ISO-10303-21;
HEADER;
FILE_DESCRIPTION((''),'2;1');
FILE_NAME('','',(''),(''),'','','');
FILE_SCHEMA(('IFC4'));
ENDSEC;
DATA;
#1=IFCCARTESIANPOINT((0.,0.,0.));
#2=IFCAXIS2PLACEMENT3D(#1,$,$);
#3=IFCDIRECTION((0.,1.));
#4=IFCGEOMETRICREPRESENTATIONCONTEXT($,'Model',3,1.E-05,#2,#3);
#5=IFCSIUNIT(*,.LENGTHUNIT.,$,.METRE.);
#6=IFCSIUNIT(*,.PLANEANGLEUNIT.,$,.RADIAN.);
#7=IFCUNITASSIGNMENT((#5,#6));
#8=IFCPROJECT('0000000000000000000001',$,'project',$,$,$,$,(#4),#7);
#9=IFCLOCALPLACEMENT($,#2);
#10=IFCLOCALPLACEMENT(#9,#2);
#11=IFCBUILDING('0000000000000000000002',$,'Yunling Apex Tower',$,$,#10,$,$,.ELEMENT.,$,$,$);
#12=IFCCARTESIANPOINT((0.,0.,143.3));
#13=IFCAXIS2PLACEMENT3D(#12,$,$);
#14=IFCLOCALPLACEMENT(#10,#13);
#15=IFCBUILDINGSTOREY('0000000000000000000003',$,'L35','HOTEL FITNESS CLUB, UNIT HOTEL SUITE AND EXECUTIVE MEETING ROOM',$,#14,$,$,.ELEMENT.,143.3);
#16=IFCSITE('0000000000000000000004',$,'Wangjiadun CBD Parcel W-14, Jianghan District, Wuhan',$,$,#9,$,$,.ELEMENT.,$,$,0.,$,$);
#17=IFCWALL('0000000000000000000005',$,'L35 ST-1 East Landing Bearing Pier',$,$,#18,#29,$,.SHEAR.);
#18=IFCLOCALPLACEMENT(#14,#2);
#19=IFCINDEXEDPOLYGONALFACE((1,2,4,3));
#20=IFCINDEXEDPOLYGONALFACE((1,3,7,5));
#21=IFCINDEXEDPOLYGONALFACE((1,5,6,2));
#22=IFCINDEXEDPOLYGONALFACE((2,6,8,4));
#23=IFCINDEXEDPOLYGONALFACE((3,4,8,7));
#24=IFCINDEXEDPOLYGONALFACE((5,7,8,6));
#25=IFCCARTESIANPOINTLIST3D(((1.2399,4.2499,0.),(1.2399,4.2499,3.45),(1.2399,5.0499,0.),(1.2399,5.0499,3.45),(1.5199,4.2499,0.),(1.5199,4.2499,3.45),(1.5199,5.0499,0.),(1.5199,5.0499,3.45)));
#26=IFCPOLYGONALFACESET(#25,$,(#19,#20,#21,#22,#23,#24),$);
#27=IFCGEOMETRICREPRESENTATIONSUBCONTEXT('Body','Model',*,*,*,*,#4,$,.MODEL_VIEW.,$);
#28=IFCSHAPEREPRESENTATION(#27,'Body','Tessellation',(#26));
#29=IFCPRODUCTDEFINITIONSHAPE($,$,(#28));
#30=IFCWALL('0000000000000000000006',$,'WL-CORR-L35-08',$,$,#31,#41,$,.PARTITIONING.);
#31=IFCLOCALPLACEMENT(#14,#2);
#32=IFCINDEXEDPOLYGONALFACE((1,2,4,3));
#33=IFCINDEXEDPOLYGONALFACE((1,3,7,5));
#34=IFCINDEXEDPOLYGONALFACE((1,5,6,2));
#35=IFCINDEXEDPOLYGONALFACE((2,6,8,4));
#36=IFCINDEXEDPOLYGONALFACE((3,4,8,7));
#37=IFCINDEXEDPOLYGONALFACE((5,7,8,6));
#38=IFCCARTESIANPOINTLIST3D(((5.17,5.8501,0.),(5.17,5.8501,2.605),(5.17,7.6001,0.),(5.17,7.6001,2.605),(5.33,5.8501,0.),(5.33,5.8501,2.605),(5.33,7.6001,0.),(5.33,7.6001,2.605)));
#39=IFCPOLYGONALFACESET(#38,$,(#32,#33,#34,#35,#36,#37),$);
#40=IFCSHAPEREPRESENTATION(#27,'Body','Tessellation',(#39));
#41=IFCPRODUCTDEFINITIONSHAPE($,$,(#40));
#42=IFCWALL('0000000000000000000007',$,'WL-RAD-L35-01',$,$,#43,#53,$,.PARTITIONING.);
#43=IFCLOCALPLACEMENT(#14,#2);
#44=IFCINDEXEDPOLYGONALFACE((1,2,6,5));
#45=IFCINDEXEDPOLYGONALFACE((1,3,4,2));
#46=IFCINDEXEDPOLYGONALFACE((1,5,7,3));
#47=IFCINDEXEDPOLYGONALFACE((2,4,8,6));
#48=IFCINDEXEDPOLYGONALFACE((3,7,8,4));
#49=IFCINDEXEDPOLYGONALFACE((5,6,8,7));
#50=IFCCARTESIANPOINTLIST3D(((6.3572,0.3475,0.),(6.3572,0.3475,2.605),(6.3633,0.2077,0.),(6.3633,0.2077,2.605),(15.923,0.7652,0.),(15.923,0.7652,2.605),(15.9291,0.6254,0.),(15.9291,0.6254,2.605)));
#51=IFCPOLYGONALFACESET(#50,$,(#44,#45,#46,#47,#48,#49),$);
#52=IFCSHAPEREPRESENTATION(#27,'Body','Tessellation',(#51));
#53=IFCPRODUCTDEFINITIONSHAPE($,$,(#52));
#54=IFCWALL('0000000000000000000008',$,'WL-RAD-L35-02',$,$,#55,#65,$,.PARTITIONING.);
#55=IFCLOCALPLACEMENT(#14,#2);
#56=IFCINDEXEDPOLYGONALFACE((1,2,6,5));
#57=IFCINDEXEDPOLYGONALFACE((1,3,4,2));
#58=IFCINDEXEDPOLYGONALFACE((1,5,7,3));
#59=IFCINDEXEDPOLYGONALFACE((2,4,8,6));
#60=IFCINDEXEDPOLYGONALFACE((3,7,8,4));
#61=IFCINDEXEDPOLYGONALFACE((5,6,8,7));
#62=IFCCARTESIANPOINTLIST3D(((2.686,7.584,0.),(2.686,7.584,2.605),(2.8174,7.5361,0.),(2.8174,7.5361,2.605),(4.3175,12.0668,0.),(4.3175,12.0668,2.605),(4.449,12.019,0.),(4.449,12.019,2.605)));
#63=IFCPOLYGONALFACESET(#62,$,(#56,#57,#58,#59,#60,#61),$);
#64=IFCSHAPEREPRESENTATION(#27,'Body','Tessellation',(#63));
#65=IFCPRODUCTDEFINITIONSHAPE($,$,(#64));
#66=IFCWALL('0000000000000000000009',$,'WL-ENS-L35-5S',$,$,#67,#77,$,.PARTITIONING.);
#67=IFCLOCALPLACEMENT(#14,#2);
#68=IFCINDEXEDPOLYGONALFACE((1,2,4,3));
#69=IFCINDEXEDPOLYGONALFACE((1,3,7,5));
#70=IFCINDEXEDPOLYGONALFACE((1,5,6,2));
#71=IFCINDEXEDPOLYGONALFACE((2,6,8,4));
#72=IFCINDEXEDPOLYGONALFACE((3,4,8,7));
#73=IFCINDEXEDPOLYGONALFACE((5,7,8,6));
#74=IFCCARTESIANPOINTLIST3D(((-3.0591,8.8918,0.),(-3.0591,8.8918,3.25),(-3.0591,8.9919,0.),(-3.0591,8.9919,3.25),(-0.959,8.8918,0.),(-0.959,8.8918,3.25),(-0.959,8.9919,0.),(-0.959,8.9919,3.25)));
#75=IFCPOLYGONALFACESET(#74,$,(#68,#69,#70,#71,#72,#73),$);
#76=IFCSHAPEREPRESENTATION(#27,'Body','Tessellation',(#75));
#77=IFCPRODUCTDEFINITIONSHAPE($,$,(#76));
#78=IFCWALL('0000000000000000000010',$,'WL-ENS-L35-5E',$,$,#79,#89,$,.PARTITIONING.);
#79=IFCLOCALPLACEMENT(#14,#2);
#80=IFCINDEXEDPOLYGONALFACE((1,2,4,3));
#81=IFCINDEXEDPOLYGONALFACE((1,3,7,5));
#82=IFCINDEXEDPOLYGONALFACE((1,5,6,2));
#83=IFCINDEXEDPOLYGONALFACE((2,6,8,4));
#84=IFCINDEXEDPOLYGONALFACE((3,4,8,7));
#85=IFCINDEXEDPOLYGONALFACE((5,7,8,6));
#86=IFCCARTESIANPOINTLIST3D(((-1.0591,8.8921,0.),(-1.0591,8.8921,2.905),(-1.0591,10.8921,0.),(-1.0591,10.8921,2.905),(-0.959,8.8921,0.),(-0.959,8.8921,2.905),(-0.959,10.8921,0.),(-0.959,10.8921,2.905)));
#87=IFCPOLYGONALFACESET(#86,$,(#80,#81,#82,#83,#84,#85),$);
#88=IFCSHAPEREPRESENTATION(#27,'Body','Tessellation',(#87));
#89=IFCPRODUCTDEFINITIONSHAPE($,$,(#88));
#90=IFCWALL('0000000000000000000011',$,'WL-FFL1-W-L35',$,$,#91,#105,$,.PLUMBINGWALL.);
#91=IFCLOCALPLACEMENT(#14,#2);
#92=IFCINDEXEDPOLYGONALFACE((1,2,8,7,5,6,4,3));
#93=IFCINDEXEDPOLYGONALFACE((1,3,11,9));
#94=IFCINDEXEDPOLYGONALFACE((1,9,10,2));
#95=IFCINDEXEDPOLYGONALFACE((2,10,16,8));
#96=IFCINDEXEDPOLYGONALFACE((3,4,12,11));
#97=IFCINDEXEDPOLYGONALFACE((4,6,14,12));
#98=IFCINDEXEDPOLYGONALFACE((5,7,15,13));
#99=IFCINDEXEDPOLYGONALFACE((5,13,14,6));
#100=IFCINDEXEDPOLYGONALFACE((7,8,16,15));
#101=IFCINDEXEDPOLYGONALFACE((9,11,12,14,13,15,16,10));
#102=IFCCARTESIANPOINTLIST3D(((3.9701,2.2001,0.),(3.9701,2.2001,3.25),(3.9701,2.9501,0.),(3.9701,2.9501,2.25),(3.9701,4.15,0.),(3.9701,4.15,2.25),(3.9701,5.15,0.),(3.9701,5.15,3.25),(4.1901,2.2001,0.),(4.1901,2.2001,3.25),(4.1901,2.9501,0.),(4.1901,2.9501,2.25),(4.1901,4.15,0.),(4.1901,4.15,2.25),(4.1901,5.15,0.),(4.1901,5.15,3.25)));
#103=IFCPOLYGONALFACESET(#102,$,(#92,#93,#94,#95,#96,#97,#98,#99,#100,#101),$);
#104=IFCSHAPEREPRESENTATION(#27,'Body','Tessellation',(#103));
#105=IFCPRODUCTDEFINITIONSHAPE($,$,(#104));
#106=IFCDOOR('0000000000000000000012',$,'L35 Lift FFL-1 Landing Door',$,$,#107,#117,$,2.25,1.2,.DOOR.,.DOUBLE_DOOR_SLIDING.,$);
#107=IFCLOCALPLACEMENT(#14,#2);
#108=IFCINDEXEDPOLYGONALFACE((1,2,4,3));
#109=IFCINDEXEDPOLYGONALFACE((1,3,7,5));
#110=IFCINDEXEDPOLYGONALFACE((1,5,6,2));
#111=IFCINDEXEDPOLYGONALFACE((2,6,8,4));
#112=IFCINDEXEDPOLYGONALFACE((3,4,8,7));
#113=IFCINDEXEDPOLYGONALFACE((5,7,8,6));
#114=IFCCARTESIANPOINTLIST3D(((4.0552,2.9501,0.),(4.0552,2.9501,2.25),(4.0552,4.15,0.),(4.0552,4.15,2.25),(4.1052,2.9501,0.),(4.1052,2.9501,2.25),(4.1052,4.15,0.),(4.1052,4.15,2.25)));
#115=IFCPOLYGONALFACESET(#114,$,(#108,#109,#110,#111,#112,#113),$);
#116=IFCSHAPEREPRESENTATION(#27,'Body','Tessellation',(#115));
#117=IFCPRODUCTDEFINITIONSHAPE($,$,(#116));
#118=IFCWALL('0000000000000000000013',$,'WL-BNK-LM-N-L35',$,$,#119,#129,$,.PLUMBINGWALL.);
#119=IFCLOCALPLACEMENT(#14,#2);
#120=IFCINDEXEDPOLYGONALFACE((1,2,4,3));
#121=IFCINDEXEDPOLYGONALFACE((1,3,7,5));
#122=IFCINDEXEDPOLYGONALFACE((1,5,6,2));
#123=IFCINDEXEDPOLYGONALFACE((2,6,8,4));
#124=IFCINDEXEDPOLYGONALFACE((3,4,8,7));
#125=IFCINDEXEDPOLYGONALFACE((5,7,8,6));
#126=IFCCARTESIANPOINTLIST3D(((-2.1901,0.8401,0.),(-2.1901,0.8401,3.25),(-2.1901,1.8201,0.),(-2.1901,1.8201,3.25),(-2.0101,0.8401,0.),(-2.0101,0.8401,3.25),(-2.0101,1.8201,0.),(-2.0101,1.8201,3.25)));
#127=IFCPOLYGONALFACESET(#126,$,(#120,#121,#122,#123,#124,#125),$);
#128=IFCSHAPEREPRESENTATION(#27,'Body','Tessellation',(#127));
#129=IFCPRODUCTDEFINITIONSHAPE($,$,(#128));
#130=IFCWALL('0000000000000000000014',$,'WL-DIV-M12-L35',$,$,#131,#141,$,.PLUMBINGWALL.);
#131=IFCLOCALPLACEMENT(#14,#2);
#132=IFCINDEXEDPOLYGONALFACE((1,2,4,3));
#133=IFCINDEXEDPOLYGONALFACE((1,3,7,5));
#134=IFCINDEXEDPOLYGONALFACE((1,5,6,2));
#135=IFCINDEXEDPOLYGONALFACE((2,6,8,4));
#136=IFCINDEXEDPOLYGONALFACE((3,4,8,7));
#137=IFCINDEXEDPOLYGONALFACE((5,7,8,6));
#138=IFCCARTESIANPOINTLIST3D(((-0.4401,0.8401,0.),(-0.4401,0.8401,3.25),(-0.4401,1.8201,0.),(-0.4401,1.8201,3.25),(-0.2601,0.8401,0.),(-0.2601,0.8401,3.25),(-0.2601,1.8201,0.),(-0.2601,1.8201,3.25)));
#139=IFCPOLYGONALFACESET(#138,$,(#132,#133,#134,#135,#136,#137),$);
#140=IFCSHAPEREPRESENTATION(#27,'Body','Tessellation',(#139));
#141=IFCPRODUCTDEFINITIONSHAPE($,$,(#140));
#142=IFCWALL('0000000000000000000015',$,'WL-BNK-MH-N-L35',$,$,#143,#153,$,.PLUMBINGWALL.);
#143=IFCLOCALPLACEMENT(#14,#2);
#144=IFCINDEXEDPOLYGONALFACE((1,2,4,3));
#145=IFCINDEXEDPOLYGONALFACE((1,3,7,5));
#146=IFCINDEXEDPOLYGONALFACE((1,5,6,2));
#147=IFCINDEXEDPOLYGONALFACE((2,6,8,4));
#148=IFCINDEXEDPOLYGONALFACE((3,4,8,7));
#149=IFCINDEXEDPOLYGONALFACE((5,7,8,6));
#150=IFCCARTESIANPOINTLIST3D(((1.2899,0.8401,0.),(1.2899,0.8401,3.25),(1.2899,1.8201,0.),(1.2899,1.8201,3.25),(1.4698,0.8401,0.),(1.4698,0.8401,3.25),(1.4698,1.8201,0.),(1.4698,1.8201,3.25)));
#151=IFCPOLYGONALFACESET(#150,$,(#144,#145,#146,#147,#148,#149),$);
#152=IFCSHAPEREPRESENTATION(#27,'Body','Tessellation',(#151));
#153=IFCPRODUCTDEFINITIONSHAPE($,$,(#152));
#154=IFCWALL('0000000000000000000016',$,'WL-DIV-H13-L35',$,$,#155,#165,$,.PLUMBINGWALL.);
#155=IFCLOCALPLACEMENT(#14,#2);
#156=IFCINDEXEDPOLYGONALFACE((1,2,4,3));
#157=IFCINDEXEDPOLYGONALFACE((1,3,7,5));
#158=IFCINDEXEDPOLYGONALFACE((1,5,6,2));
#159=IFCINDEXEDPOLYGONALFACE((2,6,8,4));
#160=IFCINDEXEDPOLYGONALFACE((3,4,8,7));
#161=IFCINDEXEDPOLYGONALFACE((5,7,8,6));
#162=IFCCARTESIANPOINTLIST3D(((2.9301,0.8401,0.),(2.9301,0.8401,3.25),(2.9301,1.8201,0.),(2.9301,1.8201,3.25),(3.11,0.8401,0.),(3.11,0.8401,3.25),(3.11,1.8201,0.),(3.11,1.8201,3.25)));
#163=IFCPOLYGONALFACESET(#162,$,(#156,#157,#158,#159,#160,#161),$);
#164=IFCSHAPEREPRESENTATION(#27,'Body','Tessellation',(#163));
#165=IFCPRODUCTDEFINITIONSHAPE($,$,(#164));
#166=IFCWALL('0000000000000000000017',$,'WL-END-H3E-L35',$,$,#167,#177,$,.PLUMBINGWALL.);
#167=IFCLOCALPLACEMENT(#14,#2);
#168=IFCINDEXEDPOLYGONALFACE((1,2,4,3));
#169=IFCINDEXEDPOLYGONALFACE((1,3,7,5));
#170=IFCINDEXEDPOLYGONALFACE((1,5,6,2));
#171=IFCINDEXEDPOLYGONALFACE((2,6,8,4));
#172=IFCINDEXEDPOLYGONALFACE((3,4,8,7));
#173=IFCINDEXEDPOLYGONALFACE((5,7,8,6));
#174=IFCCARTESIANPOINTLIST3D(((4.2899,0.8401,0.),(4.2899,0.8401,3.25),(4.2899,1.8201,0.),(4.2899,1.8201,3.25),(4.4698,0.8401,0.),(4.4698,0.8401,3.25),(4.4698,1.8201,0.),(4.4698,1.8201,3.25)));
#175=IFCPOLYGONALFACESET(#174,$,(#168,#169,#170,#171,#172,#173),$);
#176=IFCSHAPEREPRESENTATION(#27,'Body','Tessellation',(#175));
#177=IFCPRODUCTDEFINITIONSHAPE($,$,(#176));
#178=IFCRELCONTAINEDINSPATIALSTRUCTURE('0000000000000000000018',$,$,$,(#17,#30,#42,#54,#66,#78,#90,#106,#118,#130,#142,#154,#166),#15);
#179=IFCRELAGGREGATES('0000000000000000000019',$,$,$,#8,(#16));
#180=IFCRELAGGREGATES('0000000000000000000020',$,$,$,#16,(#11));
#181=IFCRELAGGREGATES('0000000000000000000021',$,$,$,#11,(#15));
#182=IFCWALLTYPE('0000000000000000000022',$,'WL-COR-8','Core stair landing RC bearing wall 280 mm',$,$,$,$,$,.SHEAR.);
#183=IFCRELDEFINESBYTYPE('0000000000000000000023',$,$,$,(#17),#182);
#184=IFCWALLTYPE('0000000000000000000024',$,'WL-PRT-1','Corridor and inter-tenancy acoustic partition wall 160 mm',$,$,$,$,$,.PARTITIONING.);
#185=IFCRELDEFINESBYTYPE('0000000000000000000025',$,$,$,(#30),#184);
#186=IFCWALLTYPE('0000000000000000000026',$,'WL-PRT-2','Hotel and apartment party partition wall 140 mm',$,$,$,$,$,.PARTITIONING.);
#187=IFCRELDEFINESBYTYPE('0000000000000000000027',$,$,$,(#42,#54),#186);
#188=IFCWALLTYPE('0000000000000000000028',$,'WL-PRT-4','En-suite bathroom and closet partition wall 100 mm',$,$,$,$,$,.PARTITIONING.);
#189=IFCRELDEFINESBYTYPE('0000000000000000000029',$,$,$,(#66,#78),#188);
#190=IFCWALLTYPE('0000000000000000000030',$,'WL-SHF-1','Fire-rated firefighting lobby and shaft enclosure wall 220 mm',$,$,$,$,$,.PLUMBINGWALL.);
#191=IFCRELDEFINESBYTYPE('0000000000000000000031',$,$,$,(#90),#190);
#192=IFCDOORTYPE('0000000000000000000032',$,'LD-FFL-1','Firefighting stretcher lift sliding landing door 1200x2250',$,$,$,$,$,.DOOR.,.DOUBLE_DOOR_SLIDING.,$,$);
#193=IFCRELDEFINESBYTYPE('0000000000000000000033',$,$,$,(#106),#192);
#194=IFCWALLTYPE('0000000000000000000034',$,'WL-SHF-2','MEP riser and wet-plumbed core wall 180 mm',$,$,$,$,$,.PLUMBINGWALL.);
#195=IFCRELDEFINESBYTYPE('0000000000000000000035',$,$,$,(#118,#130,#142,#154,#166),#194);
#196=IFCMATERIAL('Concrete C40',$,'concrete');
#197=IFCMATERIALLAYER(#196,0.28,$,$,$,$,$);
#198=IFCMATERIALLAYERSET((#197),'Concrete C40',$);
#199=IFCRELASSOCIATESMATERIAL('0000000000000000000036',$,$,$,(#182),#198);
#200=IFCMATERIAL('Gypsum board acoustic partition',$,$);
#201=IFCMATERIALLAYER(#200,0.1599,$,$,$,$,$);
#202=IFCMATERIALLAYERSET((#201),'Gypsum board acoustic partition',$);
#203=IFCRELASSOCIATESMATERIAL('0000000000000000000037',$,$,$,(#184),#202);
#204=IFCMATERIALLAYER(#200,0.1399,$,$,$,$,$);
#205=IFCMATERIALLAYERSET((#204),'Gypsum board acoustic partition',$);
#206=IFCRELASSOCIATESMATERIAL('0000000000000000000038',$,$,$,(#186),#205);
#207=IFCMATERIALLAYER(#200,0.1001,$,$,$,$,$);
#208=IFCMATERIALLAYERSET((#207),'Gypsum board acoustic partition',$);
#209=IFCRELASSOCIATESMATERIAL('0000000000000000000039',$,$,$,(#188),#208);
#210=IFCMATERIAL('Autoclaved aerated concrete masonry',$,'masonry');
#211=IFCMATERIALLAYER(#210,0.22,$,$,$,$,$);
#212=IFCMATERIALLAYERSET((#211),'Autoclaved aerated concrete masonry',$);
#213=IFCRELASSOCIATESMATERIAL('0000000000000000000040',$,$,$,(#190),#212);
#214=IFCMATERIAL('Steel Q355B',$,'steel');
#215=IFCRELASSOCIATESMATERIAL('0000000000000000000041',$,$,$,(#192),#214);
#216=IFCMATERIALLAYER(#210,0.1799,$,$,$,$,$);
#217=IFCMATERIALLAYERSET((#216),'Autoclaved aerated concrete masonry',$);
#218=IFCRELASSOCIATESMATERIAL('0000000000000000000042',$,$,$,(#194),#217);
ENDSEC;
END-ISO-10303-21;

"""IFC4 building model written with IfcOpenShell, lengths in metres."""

from ifc_helpers import new_model, si_unit, direction, frame, frame_2d, origin, place, context, subcontext, project, spatial, rectangle, extrude, material, layer, layer_set, type_object, element, fill, save


model = new_model("IFC4")

# Units and contexts
model_context = context("Model", 3, precision=1e-05, world=origin(), true_north=direction((0.0, 1.0)))
body_context = subcontext(model_context, "Body", "Model", "MODEL_VIEW")
ifc_project = project(units=[si_unit("LENGTHUNIT", "METRE"), si_unit("PLANEANGLEUNIT", "RADIAN")], contexts=[model_context])

# Site, building, storey
site_placement = place(None, origin())
site = spatial("IfcSite", under=ifc_project, at=site_placement, Name="Wangjiadun CBD Parcel W-14, Jianghan District, Wuhan", CompositionType="ELEMENT", RefElevation=0.0)
building_placement = place(site_placement, origin())
building = spatial("IfcBuilding", under=site, at=building_placement, Name="Yunling Apex Tower", CompositionType="ELEMENT")
storey_placement = place(building_placement, frame((0.0, 0.0, 143.3)))
storey = spatial("IfcBuildingStorey", under=building, at=storey_placement, Name="L35", Description="HOTEL FITNESS CLUB, UNIT HOTEL SUITE AND EXECUTIVE MEETING ROOM", CompositionType="ELEMENT", Elevation=143.3)

# Shared definitions
ifc_material_1 = material(Name="Steel Q355B", Category="steel")

# Shared definitions
ifc_material_2 = material(Name="Concrete C40", Category="concrete")

# Walls
ifc_layer_1 = layer(ifc_material_2, 0.28)
ifc_layer_set_1 = layer_set([ifc_layer_1], Name="Concrete C40")
wall_type_1 = type_object("IfcWallType", Name="WL-COR-8", Description="Core stair landing RC bearing wall 280 mm", PredefinedType="SHEAR", material=ifc_layer_set_1)
wall_1_placement = place(storey_placement, frame((1.3799, 4.25, 0.0), z_axis=(0.0, 0.0, 1.0), x_axis=(0.0, 1.0, 0.0)))
element("IfcWall", 1, at=wall_1_placement, inside=storey, type_object=wall_type_1, Name="L35 ST-1 East Landing Bearing Pier", PredefinedType="SHEAR", context=body_context, shape_type="SweptSolid", body=[
    extrude(rectangle(XDim=0.8, YDim=0.28, at=frame_2d((0.3999, 0.0))), origin(), (0.0, 0.0, 1.0), 3.45),
])
ifc_material_3 = material(Name="Gypsum board acoustic partition")
ifc_layer_2 = layer(ifc_material_3, 0.1599)
ifc_layer_set_2 = layer_set([ifc_layer_2], Name="Gypsum board acoustic partition")
wall_type_2 = type_object("IfcWallType", Name="WL-PRT-1", Description="Corridor and inter-tenancy acoustic partition wall 160 mm", PredefinedType="PARTITIONING", material=ifc_layer_set_2)
wall_2_placement = place(storey_placement, frame((5.25, 7.6001, 0.0), z_axis=(0.0, 0.0, 1.0), x_axis=(0.0, -1.0, 0.0)))
element("IfcWall", 2, at=wall_2_placement, inside=storey, type_object=wall_type_2, Name="WL-CORR-L35-08", PredefinedType="PARTITIONING", context=body_context, shape_type="SweptSolid", body=[
    extrude(rectangle(XDim=1.75, YDim=0.1599, at=frame_2d((0.875, 0.0))), origin(), (0.0, 0.0, 1.0), 2.605),
])
ifc_layer_3 = layer(ifc_material_3, 0.1399)
ifc_layer_set_3 = layer_set([ifc_layer_3], Name="Gypsum board acoustic partition")
wall_type_3 = type_object("IfcWallType", Name="WL-PRT-2", Description="Hotel and apartment party partition wall 140 mm", PredefinedType="PARTITIONING", material=ifc_layer_set_3)
wall_3_placement = place(storey_placement, frame((6.3601, 0.2776, 0.0), z_axis=(0.0, 0.0, 1.0), x_axis=(0.999048, 0.043626, 0.0)))
element("IfcWall", 3, at=wall_3_placement, inside=storey, type_object=wall_type_3, Name="WL-RAD-L35-01", PredefinedType="PARTITIONING", context=body_context, shape_type="SweptSolid", body=[
    extrude(rectangle(XDim=9.575, YDim=0.1399, at=frame_2d((4.7876, 0.0))), origin(), (0.0, 0.0, 1.0), 2.605),
])
wall_4_placement = place(storey_placement, frame((2.7517, 7.5601, 0.0), z_axis=(0.0, 0.0, 1.0), x_axis=(0.34201, 0.939696, 0.0)))
element("IfcWall", 4, at=wall_4_placement, inside=storey, type_object=wall_type_3, Name="WL-RAD-L35-02", PredefinedType="PARTITIONING", context=body_context, shape_type="SweptSolid", body=[
    extrude(rectangle(XDim=4.7705, YDim=0.1399, at=frame_2d((2.3853, 0.0))), origin(), (0.0, 0.0, 1.0), 2.605),
])
ifc_layer_4 = layer(ifc_material_3, 0.1001)
ifc_layer_set_4 = layer_set([ifc_layer_4], Name="Gypsum board acoustic partition")
wall_type_4 = type_object("IfcWallType", Name="WL-PRT-4", Description="En-suite bathroom and closet partition wall 100 mm", PredefinedType="PARTITIONING", material=ifc_layer_set_4)
wall_5_placement = place(storey_placement, frame((-0.959, 8.9419, 0.0), z_axis=(0.0, 0.0, 1.0), x_axis=(-1.0, 0.0, 0.0)))
element("IfcWall", 5, at=wall_5_placement, inside=storey, type_object=wall_type_4, Name="WL-ENS-L35-5S", PredefinedType="PARTITIONING", context=body_context, shape_type="SweptSolid", body=[
    extrude(rectangle(XDim=2.1001, YDim=0.1001, at=frame_2d((1.05, 0.0))), origin(), (0.0, 0.0, 1.0), 3.25),
])
wall_6_placement = place(storey_placement, frame((-1.009, 10.8921, 0.0), z_axis=(0.0, 0.0, 1.0), x_axis=(0.0, -1.0, 0.0)))
element("IfcWall", 6, at=wall_6_placement, inside=storey, type_object=wall_type_4, Name="WL-ENS-L35-5E", PredefinedType="PARTITIONING", context=body_context, shape_type="SweptSolid", body=[
    extrude(rectangle(XDim=2.0, YDim=0.1001, at=frame_2d((1.0, 0.0))), origin(), (0.0, 0.0, 1.0), 2.905),
])

# Wall, opening, door
ifc_material_4 = material(Name="Autoclaved aerated concrete masonry", Category="masonry")
ifc_layer_5 = layer(ifc_material_4, 0.22)
ifc_layer_set_5 = layer_set([ifc_layer_5], Name="Autoclaved aerated concrete masonry")
wall_type_5 = type_object("IfcWallType", Name="WL-SHF-1", Description="Fire-rated firefighting lobby and shaft enclosure wall 220 mm", PredefinedType="PLUMBINGWALL", material=ifc_layer_set_5)
wall_7_placement = place(storey_placement, frame((4.0801, 2.2, 0.0), z_axis=(0.0, 0.0, 1.0), x_axis=(0.0, 1.0, 0.0)))
wall_7 = element("IfcWall", 7, at=wall_7_placement, inside=storey, type_object=wall_type_5, Name="WL-FFL1-W-L35", PredefinedType="PLUMBINGWALL", context=body_context, shape_type="SweptSolid", body=[
    extrude(rectangle(XDim=2.95, YDim=0.22, at=frame_2d((1.4751, 0.0))), origin(), (0.0, 0.0, 1.0), 3.25),
])
opening_1_placement = place(wall_7_placement, frame((0.75, 0.0, 0.0)))
opening_1 = element("IfcOpeningElement", 8, at=opening_1_placement, cuts=wall_7, PredefinedType="OPENING", context=body_context, shape_type="SweptSolid", body=[
    extrude(rectangle(XDim=1.2, YDim=2.25, at=frame_2d((0.6001, 1.125))), frame((0.0, 0.1201, 0.0), z_axis=(0.0, -1.0, 0.0), x_axis=(1.0, 0.0, 0.0)), (0.0, 0.0, 1.0), 0.24),
])
door_type_1 = type_object("IfcDoorType", Name="LD-FFL-1", Description="Firefighting stretcher lift sliding landing door 1200x2250", OperationType="DOUBLE_DOOR_SLIDING", PredefinedType="DOOR", material=ifc_material_1)
door_1_placement = place(opening_1_placement, origin())
door_1 = element("IfcDoor", 9, at=door_1_placement, inside=storey, type_object=door_type_1, Name="L35 Lift FFL-1 Landing Door", OperationType="DOUBLE_DOOR_SLIDING", OverallHeight=2.25, OverallWidth=1.2, PredefinedType="DOOR", context=body_context, shape_type="SweptSolid", body=[
    extrude(rectangle(XDim=1.2, YDim=2.25, at=frame_2d((0.6001, 1.125))), frame((0.0, 0.0249, 0.0), z_axis=(0.0, -1.0, 0.0), x_axis=(1.0, 0.0, 0.0)), (0.0, 0.0, 1.0), 0.05),
])
fill(opening_1, door_1)

# Walls
ifc_layer_6 = layer(ifc_material_4, 0.1799)
ifc_layer_set_6 = layer_set([ifc_layer_6], Name="Autoclaved aerated concrete masonry")
wall_type_6 = type_object("IfcWallType", Name="WL-SHF-2", Description="MEP riser and wet-plumbed core wall 180 mm", PredefinedType="PLUMBINGWALL", material=ifc_layer_set_6)
for number, where, z_axis, x_axis, name in (
    (10, (-2.1001, 0.8401, 0.0), (0.0, 0.0, 1.0), (0.0, 1.0, 0.0), "WL-BNK-LM-N-L35"),
    (11, (-0.3501, 0.8401, 0.0), (0.0, 0.0, 1.0), (0.0, 1.0, 0.0), "WL-DIV-M12-L35"),
    (12, (1.3799, 0.8401, 0.0), (0.0, 0.0, 1.0), (0.0, 1.0, 0.0), "WL-BNK-MH-N-L35"),
    (13, (3.02, 0.8401, 0.0), (0.0, 0.0, 1.0), (0.0, 1.0, 0.0), "WL-DIV-H13-L35"),
    (14, (4.3799, 0.8401, 0.0), (0.0, 0.0, 1.0), (0.0, 1.0, 0.0), "WL-END-H3E-L35"),
):
    element("IfcWall", number, at=place(storey_placement, frame(where, z_axis=z_axis, x_axis=x_axis)), inside=storey, type_object=wall_type_6, Name=name, PredefinedType="PLUMBINGWALL", context=body_context, shape_type="SweptSolid", body=[
        extrude(rectangle(XDim=0.98, YDim=0.1799, at=frame_2d((0.49, 0.0))), origin(), (0.0, 0.0, 1.0), 3.25),
    ])

save(model, "model.ifc")
